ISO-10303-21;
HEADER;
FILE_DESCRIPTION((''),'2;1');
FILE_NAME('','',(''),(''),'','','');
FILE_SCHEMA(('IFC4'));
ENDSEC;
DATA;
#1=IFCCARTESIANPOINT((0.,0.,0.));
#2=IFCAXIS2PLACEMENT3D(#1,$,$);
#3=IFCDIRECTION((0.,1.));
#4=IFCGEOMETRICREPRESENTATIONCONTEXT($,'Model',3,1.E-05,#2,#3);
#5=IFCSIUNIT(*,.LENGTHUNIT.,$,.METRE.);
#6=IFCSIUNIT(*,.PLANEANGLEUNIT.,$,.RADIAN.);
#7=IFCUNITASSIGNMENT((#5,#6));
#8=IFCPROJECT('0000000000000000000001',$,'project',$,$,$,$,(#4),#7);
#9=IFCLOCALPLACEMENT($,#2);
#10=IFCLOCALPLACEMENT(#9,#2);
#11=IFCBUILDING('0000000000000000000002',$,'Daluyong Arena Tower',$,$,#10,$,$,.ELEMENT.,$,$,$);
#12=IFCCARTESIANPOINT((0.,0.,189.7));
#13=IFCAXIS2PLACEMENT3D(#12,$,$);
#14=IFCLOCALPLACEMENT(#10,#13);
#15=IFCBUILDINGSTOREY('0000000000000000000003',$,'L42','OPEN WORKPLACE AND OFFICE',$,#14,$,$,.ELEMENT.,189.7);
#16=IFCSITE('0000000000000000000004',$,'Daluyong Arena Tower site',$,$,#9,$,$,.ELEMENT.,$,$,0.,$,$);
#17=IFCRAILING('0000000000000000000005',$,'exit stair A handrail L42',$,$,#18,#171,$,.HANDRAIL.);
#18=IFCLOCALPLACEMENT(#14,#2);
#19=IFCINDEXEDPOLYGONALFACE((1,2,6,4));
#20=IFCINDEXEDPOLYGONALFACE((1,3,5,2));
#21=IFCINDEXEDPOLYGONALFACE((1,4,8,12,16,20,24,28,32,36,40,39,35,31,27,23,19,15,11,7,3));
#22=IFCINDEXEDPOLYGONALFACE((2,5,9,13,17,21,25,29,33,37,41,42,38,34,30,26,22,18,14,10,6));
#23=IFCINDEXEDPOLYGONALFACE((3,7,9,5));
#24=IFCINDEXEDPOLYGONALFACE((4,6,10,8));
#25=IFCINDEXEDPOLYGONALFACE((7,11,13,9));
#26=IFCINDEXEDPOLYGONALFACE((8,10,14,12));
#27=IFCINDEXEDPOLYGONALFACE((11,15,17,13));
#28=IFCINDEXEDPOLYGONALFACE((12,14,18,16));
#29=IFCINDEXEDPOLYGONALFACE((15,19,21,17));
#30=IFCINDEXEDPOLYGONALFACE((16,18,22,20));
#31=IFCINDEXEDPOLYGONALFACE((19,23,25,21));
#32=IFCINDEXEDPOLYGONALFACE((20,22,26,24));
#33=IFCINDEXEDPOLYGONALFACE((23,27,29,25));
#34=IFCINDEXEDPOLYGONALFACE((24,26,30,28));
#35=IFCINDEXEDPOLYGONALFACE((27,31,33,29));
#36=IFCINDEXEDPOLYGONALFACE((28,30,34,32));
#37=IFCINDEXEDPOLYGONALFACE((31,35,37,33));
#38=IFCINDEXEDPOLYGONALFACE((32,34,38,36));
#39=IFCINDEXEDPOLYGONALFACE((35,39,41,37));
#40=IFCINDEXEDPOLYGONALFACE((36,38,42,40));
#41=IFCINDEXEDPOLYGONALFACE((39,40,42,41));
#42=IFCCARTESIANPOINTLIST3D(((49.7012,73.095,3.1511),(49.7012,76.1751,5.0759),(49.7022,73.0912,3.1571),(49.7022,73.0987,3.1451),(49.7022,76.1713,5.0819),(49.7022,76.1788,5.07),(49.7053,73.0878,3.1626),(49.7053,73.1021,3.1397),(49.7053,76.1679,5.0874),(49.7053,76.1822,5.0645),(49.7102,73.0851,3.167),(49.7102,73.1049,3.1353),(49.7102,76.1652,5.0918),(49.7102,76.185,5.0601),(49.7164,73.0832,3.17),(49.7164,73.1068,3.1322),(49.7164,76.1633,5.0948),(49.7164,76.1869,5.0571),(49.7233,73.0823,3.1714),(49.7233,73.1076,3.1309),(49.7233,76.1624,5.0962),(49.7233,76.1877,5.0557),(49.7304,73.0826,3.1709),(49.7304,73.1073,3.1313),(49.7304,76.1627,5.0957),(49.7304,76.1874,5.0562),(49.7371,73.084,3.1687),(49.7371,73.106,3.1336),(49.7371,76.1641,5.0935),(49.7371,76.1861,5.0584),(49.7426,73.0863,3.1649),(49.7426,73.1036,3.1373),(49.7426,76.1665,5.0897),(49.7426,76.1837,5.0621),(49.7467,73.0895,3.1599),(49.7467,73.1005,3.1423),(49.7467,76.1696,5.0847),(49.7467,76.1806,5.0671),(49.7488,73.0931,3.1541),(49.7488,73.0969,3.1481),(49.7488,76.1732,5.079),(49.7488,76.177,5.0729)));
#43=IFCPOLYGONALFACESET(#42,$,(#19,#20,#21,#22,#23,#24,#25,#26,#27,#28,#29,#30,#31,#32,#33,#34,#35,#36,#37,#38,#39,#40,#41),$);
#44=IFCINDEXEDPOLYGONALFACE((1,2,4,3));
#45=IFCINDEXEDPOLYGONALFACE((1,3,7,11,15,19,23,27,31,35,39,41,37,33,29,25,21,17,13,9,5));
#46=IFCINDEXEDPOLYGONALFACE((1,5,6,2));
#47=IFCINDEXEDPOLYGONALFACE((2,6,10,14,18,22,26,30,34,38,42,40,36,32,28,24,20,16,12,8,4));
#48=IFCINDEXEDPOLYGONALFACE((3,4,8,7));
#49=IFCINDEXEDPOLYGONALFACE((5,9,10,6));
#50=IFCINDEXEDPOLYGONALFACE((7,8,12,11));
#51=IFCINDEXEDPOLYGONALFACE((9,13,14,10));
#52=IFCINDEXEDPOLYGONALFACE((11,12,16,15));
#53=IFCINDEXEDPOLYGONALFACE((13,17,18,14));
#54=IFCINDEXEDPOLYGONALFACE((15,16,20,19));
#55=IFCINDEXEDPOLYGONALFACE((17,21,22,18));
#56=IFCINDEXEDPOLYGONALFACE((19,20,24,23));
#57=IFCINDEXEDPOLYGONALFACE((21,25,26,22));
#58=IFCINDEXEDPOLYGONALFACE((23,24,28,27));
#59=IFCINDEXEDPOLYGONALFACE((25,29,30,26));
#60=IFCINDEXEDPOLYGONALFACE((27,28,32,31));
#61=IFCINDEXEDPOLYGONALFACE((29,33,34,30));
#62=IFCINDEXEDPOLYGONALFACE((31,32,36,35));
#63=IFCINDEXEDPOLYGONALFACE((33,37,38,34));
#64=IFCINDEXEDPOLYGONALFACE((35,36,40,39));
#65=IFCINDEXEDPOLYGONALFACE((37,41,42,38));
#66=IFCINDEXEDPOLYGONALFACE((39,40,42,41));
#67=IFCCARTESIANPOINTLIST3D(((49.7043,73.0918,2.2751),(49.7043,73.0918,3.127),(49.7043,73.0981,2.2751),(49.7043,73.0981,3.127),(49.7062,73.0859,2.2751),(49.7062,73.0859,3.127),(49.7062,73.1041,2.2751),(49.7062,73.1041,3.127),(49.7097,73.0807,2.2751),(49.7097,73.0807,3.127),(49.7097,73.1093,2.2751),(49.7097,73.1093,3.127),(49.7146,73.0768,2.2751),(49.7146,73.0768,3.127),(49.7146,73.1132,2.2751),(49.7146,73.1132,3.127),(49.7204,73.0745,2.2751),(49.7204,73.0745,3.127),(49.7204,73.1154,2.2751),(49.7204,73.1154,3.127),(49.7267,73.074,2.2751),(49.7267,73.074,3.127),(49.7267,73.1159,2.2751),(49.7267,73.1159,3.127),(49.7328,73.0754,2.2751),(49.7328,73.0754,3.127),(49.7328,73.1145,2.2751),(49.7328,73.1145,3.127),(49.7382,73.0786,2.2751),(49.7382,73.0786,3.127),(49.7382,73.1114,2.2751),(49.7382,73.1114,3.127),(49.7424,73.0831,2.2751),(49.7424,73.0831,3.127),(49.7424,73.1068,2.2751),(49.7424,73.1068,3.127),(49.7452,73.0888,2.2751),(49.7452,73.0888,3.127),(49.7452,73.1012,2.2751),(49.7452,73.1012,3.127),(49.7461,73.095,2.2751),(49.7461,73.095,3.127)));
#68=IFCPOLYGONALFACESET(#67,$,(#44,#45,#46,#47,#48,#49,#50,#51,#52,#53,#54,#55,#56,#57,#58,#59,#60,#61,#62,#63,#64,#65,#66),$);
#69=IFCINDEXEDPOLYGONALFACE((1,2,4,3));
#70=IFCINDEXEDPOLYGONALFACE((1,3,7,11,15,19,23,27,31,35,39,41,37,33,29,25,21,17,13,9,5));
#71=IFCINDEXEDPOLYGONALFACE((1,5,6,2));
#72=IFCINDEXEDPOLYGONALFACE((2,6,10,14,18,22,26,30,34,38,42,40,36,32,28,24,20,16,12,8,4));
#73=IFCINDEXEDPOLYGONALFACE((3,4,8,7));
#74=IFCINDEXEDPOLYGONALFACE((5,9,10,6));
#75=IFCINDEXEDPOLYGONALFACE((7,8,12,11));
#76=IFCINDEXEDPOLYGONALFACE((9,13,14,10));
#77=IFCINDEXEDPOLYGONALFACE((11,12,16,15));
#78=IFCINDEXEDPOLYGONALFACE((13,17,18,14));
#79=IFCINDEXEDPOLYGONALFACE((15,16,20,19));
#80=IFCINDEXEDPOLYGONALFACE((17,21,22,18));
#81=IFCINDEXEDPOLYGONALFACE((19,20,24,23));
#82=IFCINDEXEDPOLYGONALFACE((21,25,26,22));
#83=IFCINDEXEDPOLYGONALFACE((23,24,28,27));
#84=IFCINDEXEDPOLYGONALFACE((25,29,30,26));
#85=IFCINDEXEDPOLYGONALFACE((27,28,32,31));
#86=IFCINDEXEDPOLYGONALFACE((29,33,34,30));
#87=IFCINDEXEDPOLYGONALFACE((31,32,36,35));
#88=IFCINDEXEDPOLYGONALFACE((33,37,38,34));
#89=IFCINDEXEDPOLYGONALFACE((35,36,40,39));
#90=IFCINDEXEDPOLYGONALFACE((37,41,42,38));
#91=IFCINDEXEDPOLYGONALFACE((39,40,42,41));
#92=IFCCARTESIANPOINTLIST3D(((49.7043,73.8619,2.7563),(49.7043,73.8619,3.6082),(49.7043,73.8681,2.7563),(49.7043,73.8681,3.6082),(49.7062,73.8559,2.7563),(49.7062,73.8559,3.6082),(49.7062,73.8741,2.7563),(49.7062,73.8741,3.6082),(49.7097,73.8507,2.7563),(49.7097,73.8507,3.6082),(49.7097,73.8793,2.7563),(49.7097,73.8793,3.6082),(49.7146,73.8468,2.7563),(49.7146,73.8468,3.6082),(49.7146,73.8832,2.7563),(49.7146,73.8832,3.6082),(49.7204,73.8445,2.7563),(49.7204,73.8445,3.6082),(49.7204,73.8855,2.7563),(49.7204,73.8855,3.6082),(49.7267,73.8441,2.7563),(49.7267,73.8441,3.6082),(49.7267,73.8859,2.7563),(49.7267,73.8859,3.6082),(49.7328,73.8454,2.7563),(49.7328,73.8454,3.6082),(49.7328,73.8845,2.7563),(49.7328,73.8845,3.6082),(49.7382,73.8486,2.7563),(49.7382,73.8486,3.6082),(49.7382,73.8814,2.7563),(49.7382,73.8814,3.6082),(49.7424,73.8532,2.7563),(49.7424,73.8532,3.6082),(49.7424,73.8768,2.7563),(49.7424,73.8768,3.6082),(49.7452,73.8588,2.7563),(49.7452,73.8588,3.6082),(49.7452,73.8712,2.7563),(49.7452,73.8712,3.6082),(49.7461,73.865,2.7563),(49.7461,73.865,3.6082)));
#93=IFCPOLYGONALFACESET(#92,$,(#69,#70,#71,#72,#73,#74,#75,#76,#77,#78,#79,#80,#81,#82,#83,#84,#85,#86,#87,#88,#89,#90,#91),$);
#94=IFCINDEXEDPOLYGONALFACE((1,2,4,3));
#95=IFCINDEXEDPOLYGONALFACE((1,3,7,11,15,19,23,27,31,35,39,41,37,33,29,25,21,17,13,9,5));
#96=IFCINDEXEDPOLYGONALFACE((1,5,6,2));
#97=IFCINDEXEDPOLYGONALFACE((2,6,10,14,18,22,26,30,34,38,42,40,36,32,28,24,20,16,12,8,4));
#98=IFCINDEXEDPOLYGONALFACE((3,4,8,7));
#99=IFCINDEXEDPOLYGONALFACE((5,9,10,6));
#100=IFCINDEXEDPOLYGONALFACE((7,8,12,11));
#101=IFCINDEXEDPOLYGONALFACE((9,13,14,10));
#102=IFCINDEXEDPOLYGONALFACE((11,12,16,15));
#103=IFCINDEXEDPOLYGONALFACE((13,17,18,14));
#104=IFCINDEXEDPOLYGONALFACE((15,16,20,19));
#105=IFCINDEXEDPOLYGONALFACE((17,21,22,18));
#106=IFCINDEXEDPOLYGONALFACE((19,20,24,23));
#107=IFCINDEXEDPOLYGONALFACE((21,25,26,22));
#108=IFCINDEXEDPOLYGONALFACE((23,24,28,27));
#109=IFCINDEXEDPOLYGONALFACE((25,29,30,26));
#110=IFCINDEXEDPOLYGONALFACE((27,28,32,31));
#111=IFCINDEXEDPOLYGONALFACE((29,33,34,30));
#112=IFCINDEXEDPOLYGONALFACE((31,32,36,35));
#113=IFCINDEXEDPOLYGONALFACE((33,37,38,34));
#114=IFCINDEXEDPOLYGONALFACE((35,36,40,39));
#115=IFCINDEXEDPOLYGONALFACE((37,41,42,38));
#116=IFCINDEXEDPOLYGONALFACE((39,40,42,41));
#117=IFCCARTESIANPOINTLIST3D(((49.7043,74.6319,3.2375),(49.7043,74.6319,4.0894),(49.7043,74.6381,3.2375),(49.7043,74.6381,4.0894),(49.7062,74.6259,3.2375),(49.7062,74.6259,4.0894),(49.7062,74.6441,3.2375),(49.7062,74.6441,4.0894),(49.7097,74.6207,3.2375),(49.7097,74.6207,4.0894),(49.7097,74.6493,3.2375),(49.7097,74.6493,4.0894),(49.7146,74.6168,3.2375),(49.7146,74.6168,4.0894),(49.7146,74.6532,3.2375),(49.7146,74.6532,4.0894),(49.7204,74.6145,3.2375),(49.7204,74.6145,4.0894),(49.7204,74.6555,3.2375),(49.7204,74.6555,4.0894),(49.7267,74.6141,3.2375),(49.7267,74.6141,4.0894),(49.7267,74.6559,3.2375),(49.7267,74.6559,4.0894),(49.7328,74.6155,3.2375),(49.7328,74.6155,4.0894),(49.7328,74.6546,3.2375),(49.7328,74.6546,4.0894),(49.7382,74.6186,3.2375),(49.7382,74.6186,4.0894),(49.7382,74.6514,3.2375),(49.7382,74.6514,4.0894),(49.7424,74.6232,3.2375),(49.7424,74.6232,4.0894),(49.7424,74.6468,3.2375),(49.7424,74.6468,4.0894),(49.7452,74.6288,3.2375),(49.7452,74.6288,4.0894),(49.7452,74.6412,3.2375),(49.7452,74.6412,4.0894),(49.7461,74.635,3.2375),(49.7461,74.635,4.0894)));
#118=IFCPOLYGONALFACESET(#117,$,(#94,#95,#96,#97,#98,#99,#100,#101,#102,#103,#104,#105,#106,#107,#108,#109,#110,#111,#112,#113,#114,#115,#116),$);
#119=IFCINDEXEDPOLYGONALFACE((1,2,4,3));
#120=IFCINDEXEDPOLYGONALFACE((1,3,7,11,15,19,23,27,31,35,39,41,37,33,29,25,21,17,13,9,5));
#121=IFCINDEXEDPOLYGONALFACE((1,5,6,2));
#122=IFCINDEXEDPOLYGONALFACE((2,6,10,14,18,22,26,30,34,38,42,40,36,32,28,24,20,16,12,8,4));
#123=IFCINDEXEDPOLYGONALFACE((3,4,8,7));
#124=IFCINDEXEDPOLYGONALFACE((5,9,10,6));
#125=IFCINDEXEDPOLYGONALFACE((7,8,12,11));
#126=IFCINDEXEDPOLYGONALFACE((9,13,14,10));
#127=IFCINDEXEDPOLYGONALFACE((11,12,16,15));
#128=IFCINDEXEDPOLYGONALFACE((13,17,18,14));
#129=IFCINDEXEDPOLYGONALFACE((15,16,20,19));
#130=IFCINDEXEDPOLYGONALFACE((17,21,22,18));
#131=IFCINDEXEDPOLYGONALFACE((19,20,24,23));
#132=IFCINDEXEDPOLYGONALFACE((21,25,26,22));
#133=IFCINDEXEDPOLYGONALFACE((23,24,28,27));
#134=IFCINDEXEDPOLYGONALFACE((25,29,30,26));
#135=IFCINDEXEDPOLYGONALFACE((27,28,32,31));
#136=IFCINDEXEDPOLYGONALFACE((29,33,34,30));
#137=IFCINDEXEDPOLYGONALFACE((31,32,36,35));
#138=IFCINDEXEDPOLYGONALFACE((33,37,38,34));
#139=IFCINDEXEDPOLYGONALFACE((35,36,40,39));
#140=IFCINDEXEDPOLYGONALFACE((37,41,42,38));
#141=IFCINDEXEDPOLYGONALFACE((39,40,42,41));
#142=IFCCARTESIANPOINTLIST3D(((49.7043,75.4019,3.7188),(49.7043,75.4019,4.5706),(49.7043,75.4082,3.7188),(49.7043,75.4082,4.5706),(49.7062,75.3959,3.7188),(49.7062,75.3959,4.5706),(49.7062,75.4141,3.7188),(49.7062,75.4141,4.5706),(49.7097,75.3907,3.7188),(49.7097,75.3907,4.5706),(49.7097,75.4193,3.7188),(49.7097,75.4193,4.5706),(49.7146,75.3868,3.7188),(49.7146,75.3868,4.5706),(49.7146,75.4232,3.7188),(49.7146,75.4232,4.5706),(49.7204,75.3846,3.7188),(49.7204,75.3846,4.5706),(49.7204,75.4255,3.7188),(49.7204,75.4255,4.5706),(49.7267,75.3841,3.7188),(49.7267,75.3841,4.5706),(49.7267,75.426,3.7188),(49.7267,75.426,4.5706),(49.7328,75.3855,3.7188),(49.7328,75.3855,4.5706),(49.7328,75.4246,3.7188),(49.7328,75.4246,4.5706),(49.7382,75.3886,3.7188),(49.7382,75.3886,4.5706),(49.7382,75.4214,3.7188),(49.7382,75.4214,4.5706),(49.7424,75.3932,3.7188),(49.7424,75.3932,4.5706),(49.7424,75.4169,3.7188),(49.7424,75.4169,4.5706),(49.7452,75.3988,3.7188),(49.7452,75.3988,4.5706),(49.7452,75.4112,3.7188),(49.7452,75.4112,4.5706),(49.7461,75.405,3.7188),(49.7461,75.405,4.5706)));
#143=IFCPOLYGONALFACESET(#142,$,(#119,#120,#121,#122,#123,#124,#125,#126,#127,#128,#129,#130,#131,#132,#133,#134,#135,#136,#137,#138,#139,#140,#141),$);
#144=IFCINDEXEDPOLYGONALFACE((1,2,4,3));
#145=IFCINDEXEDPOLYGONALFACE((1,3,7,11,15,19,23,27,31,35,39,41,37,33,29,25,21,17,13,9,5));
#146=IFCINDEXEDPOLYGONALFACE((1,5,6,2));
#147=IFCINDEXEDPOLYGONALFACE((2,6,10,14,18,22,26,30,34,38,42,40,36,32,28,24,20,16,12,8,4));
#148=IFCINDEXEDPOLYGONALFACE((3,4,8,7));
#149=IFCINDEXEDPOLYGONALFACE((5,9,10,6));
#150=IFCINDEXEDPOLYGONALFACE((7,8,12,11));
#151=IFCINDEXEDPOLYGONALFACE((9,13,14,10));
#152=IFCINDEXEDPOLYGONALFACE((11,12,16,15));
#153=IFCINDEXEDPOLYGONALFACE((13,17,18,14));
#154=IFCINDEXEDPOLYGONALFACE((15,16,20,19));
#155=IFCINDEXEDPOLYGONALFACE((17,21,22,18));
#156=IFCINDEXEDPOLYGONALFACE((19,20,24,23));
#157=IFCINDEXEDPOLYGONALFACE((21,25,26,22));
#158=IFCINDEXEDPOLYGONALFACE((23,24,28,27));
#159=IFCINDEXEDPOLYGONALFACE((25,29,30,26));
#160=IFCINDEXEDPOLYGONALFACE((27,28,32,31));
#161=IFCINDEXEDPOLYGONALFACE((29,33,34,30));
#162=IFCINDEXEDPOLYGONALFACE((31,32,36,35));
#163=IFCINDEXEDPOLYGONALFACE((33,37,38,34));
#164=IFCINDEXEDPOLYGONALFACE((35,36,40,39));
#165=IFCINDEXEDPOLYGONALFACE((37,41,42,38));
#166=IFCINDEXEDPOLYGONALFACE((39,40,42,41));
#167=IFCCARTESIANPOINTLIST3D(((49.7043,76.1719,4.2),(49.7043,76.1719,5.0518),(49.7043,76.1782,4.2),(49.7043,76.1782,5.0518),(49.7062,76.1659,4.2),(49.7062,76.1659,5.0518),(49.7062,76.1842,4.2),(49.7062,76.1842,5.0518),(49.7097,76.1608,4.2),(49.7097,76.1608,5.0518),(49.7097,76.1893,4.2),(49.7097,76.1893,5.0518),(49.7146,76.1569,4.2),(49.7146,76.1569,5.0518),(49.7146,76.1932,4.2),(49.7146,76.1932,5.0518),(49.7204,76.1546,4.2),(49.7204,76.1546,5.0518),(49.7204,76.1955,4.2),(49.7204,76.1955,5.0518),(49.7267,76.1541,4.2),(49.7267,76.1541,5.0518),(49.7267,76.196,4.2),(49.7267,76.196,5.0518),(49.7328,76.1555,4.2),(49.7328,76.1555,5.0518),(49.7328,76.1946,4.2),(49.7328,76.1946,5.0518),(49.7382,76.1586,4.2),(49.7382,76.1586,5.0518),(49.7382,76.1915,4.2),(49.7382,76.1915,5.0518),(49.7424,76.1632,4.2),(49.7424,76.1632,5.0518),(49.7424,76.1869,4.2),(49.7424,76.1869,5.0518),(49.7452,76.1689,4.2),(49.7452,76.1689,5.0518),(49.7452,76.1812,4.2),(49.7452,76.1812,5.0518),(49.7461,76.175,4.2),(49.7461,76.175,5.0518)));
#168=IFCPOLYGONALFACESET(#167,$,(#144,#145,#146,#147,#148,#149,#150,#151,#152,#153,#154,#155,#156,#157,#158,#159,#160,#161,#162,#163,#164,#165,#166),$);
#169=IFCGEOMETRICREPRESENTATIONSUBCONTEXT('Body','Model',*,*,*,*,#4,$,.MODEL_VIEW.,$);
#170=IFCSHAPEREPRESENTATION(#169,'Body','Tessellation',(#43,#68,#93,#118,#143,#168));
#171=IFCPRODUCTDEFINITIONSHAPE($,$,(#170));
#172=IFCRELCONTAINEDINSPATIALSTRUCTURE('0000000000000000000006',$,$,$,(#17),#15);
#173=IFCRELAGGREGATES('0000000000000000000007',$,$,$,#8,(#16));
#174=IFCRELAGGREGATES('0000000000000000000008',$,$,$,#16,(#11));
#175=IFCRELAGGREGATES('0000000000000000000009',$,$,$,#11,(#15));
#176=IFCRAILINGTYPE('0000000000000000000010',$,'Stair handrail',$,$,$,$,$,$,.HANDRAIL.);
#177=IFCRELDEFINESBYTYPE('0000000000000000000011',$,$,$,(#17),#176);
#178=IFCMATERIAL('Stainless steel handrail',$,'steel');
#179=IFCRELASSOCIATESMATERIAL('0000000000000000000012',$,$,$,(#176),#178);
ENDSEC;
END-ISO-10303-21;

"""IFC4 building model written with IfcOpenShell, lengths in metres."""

from ifc_helpers import new_model, si_unit, direction, frame, origin, origin_2d, place, context, subcontext, project, spatial, circle, extrude, material, type_object, element, save


model = new_model("IFC4")

# Units and contexts
model_context = context("Model", 3, precision=1e-05, world=origin(), true_north=direction((0.0, 1.0)))
body_context = subcontext(model_context, "Body", "Model", "MODEL_VIEW")
ifc_project = project(units=[si_unit("LENGTHUNIT", "METRE"), si_unit("PLANEANGLEUNIT", "RADIAN")], contexts=[model_context])

# Site, building, storey
site_placement = place(None, origin())
site = spatial("IfcSite", under=ifc_project, at=site_placement, Name="Daluyong Arena Tower site", CompositionType="ELEMENT", RefElevation=0.0)
building_placement = place(site_placement, origin())
building = spatial("IfcBuilding", under=site, at=building_placement, Name="Daluyong Arena Tower", CompositionType="ELEMENT")
storey_placement = place(building_placement, frame((0.0, 0.0, 189.7)))
storey = spatial("IfcBuildingStorey", under=building, at=storey_placement, Name="L42", Description="OPEN WORKPLACE AND OFFICE", CompositionType="ELEMENT", Elevation=189.7)

# Railing
ifc_material_1 = material(Name="Stainless steel handrail", Category="steel")
railing_type_1 = type_object("IfcRailingType", Name="Stair handrail", PredefinedType="HANDRAIL", material=ifc_material_1)
railing_1_placement = place(storey_placement, frame((49.7251, 73.095, 2.2751)))
element("IfcRailing", 1, at=railing_1_placement, inside=storey, type_object=railing_type_1, Name="exit stair A handrail L42", PredefinedType="HANDRAIL", context=body_context, shape_type="SweptSolid", body=[
    extrude(circle(Radius=0.0239, at=origin_2d()), frame((0.0, 0.0, 0.876), z_axis=(0.0, 0.848029, 0.529951), x_axis=(-1.0, 0.0, 0.0)), (0.0, 0.0, 1.0), 3.6321),
    extrude(circle(Radius=0.021, at=origin_2d()), origin(), (0.0, 0.0, 1.0), 0.8518),
    extrude(circle(Radius=0.021, at=origin_2d()), frame((0.0, 0.77, 0.4812)), (0.0, 0.0, 1.0), 0.8518),
    extrude(circle(Radius=0.021, at=origin_2d()), frame((0.0, 1.54, 0.9624)), (0.0, 0.0, 1.0), 0.8518),
    extrude(circle(Radius=0.021, at=origin_2d()), frame((0.0, 2.3101, 1.4436)), (0.0, 0.0, 1.0), 0.8518),
    extrude(circle(Radius=0.021, at=origin_2d()), frame((0.0, 3.0801, 1.9248)), (0.0, 0.0, 1.0), 0.8518),
])

save(model, "model.ifc")
